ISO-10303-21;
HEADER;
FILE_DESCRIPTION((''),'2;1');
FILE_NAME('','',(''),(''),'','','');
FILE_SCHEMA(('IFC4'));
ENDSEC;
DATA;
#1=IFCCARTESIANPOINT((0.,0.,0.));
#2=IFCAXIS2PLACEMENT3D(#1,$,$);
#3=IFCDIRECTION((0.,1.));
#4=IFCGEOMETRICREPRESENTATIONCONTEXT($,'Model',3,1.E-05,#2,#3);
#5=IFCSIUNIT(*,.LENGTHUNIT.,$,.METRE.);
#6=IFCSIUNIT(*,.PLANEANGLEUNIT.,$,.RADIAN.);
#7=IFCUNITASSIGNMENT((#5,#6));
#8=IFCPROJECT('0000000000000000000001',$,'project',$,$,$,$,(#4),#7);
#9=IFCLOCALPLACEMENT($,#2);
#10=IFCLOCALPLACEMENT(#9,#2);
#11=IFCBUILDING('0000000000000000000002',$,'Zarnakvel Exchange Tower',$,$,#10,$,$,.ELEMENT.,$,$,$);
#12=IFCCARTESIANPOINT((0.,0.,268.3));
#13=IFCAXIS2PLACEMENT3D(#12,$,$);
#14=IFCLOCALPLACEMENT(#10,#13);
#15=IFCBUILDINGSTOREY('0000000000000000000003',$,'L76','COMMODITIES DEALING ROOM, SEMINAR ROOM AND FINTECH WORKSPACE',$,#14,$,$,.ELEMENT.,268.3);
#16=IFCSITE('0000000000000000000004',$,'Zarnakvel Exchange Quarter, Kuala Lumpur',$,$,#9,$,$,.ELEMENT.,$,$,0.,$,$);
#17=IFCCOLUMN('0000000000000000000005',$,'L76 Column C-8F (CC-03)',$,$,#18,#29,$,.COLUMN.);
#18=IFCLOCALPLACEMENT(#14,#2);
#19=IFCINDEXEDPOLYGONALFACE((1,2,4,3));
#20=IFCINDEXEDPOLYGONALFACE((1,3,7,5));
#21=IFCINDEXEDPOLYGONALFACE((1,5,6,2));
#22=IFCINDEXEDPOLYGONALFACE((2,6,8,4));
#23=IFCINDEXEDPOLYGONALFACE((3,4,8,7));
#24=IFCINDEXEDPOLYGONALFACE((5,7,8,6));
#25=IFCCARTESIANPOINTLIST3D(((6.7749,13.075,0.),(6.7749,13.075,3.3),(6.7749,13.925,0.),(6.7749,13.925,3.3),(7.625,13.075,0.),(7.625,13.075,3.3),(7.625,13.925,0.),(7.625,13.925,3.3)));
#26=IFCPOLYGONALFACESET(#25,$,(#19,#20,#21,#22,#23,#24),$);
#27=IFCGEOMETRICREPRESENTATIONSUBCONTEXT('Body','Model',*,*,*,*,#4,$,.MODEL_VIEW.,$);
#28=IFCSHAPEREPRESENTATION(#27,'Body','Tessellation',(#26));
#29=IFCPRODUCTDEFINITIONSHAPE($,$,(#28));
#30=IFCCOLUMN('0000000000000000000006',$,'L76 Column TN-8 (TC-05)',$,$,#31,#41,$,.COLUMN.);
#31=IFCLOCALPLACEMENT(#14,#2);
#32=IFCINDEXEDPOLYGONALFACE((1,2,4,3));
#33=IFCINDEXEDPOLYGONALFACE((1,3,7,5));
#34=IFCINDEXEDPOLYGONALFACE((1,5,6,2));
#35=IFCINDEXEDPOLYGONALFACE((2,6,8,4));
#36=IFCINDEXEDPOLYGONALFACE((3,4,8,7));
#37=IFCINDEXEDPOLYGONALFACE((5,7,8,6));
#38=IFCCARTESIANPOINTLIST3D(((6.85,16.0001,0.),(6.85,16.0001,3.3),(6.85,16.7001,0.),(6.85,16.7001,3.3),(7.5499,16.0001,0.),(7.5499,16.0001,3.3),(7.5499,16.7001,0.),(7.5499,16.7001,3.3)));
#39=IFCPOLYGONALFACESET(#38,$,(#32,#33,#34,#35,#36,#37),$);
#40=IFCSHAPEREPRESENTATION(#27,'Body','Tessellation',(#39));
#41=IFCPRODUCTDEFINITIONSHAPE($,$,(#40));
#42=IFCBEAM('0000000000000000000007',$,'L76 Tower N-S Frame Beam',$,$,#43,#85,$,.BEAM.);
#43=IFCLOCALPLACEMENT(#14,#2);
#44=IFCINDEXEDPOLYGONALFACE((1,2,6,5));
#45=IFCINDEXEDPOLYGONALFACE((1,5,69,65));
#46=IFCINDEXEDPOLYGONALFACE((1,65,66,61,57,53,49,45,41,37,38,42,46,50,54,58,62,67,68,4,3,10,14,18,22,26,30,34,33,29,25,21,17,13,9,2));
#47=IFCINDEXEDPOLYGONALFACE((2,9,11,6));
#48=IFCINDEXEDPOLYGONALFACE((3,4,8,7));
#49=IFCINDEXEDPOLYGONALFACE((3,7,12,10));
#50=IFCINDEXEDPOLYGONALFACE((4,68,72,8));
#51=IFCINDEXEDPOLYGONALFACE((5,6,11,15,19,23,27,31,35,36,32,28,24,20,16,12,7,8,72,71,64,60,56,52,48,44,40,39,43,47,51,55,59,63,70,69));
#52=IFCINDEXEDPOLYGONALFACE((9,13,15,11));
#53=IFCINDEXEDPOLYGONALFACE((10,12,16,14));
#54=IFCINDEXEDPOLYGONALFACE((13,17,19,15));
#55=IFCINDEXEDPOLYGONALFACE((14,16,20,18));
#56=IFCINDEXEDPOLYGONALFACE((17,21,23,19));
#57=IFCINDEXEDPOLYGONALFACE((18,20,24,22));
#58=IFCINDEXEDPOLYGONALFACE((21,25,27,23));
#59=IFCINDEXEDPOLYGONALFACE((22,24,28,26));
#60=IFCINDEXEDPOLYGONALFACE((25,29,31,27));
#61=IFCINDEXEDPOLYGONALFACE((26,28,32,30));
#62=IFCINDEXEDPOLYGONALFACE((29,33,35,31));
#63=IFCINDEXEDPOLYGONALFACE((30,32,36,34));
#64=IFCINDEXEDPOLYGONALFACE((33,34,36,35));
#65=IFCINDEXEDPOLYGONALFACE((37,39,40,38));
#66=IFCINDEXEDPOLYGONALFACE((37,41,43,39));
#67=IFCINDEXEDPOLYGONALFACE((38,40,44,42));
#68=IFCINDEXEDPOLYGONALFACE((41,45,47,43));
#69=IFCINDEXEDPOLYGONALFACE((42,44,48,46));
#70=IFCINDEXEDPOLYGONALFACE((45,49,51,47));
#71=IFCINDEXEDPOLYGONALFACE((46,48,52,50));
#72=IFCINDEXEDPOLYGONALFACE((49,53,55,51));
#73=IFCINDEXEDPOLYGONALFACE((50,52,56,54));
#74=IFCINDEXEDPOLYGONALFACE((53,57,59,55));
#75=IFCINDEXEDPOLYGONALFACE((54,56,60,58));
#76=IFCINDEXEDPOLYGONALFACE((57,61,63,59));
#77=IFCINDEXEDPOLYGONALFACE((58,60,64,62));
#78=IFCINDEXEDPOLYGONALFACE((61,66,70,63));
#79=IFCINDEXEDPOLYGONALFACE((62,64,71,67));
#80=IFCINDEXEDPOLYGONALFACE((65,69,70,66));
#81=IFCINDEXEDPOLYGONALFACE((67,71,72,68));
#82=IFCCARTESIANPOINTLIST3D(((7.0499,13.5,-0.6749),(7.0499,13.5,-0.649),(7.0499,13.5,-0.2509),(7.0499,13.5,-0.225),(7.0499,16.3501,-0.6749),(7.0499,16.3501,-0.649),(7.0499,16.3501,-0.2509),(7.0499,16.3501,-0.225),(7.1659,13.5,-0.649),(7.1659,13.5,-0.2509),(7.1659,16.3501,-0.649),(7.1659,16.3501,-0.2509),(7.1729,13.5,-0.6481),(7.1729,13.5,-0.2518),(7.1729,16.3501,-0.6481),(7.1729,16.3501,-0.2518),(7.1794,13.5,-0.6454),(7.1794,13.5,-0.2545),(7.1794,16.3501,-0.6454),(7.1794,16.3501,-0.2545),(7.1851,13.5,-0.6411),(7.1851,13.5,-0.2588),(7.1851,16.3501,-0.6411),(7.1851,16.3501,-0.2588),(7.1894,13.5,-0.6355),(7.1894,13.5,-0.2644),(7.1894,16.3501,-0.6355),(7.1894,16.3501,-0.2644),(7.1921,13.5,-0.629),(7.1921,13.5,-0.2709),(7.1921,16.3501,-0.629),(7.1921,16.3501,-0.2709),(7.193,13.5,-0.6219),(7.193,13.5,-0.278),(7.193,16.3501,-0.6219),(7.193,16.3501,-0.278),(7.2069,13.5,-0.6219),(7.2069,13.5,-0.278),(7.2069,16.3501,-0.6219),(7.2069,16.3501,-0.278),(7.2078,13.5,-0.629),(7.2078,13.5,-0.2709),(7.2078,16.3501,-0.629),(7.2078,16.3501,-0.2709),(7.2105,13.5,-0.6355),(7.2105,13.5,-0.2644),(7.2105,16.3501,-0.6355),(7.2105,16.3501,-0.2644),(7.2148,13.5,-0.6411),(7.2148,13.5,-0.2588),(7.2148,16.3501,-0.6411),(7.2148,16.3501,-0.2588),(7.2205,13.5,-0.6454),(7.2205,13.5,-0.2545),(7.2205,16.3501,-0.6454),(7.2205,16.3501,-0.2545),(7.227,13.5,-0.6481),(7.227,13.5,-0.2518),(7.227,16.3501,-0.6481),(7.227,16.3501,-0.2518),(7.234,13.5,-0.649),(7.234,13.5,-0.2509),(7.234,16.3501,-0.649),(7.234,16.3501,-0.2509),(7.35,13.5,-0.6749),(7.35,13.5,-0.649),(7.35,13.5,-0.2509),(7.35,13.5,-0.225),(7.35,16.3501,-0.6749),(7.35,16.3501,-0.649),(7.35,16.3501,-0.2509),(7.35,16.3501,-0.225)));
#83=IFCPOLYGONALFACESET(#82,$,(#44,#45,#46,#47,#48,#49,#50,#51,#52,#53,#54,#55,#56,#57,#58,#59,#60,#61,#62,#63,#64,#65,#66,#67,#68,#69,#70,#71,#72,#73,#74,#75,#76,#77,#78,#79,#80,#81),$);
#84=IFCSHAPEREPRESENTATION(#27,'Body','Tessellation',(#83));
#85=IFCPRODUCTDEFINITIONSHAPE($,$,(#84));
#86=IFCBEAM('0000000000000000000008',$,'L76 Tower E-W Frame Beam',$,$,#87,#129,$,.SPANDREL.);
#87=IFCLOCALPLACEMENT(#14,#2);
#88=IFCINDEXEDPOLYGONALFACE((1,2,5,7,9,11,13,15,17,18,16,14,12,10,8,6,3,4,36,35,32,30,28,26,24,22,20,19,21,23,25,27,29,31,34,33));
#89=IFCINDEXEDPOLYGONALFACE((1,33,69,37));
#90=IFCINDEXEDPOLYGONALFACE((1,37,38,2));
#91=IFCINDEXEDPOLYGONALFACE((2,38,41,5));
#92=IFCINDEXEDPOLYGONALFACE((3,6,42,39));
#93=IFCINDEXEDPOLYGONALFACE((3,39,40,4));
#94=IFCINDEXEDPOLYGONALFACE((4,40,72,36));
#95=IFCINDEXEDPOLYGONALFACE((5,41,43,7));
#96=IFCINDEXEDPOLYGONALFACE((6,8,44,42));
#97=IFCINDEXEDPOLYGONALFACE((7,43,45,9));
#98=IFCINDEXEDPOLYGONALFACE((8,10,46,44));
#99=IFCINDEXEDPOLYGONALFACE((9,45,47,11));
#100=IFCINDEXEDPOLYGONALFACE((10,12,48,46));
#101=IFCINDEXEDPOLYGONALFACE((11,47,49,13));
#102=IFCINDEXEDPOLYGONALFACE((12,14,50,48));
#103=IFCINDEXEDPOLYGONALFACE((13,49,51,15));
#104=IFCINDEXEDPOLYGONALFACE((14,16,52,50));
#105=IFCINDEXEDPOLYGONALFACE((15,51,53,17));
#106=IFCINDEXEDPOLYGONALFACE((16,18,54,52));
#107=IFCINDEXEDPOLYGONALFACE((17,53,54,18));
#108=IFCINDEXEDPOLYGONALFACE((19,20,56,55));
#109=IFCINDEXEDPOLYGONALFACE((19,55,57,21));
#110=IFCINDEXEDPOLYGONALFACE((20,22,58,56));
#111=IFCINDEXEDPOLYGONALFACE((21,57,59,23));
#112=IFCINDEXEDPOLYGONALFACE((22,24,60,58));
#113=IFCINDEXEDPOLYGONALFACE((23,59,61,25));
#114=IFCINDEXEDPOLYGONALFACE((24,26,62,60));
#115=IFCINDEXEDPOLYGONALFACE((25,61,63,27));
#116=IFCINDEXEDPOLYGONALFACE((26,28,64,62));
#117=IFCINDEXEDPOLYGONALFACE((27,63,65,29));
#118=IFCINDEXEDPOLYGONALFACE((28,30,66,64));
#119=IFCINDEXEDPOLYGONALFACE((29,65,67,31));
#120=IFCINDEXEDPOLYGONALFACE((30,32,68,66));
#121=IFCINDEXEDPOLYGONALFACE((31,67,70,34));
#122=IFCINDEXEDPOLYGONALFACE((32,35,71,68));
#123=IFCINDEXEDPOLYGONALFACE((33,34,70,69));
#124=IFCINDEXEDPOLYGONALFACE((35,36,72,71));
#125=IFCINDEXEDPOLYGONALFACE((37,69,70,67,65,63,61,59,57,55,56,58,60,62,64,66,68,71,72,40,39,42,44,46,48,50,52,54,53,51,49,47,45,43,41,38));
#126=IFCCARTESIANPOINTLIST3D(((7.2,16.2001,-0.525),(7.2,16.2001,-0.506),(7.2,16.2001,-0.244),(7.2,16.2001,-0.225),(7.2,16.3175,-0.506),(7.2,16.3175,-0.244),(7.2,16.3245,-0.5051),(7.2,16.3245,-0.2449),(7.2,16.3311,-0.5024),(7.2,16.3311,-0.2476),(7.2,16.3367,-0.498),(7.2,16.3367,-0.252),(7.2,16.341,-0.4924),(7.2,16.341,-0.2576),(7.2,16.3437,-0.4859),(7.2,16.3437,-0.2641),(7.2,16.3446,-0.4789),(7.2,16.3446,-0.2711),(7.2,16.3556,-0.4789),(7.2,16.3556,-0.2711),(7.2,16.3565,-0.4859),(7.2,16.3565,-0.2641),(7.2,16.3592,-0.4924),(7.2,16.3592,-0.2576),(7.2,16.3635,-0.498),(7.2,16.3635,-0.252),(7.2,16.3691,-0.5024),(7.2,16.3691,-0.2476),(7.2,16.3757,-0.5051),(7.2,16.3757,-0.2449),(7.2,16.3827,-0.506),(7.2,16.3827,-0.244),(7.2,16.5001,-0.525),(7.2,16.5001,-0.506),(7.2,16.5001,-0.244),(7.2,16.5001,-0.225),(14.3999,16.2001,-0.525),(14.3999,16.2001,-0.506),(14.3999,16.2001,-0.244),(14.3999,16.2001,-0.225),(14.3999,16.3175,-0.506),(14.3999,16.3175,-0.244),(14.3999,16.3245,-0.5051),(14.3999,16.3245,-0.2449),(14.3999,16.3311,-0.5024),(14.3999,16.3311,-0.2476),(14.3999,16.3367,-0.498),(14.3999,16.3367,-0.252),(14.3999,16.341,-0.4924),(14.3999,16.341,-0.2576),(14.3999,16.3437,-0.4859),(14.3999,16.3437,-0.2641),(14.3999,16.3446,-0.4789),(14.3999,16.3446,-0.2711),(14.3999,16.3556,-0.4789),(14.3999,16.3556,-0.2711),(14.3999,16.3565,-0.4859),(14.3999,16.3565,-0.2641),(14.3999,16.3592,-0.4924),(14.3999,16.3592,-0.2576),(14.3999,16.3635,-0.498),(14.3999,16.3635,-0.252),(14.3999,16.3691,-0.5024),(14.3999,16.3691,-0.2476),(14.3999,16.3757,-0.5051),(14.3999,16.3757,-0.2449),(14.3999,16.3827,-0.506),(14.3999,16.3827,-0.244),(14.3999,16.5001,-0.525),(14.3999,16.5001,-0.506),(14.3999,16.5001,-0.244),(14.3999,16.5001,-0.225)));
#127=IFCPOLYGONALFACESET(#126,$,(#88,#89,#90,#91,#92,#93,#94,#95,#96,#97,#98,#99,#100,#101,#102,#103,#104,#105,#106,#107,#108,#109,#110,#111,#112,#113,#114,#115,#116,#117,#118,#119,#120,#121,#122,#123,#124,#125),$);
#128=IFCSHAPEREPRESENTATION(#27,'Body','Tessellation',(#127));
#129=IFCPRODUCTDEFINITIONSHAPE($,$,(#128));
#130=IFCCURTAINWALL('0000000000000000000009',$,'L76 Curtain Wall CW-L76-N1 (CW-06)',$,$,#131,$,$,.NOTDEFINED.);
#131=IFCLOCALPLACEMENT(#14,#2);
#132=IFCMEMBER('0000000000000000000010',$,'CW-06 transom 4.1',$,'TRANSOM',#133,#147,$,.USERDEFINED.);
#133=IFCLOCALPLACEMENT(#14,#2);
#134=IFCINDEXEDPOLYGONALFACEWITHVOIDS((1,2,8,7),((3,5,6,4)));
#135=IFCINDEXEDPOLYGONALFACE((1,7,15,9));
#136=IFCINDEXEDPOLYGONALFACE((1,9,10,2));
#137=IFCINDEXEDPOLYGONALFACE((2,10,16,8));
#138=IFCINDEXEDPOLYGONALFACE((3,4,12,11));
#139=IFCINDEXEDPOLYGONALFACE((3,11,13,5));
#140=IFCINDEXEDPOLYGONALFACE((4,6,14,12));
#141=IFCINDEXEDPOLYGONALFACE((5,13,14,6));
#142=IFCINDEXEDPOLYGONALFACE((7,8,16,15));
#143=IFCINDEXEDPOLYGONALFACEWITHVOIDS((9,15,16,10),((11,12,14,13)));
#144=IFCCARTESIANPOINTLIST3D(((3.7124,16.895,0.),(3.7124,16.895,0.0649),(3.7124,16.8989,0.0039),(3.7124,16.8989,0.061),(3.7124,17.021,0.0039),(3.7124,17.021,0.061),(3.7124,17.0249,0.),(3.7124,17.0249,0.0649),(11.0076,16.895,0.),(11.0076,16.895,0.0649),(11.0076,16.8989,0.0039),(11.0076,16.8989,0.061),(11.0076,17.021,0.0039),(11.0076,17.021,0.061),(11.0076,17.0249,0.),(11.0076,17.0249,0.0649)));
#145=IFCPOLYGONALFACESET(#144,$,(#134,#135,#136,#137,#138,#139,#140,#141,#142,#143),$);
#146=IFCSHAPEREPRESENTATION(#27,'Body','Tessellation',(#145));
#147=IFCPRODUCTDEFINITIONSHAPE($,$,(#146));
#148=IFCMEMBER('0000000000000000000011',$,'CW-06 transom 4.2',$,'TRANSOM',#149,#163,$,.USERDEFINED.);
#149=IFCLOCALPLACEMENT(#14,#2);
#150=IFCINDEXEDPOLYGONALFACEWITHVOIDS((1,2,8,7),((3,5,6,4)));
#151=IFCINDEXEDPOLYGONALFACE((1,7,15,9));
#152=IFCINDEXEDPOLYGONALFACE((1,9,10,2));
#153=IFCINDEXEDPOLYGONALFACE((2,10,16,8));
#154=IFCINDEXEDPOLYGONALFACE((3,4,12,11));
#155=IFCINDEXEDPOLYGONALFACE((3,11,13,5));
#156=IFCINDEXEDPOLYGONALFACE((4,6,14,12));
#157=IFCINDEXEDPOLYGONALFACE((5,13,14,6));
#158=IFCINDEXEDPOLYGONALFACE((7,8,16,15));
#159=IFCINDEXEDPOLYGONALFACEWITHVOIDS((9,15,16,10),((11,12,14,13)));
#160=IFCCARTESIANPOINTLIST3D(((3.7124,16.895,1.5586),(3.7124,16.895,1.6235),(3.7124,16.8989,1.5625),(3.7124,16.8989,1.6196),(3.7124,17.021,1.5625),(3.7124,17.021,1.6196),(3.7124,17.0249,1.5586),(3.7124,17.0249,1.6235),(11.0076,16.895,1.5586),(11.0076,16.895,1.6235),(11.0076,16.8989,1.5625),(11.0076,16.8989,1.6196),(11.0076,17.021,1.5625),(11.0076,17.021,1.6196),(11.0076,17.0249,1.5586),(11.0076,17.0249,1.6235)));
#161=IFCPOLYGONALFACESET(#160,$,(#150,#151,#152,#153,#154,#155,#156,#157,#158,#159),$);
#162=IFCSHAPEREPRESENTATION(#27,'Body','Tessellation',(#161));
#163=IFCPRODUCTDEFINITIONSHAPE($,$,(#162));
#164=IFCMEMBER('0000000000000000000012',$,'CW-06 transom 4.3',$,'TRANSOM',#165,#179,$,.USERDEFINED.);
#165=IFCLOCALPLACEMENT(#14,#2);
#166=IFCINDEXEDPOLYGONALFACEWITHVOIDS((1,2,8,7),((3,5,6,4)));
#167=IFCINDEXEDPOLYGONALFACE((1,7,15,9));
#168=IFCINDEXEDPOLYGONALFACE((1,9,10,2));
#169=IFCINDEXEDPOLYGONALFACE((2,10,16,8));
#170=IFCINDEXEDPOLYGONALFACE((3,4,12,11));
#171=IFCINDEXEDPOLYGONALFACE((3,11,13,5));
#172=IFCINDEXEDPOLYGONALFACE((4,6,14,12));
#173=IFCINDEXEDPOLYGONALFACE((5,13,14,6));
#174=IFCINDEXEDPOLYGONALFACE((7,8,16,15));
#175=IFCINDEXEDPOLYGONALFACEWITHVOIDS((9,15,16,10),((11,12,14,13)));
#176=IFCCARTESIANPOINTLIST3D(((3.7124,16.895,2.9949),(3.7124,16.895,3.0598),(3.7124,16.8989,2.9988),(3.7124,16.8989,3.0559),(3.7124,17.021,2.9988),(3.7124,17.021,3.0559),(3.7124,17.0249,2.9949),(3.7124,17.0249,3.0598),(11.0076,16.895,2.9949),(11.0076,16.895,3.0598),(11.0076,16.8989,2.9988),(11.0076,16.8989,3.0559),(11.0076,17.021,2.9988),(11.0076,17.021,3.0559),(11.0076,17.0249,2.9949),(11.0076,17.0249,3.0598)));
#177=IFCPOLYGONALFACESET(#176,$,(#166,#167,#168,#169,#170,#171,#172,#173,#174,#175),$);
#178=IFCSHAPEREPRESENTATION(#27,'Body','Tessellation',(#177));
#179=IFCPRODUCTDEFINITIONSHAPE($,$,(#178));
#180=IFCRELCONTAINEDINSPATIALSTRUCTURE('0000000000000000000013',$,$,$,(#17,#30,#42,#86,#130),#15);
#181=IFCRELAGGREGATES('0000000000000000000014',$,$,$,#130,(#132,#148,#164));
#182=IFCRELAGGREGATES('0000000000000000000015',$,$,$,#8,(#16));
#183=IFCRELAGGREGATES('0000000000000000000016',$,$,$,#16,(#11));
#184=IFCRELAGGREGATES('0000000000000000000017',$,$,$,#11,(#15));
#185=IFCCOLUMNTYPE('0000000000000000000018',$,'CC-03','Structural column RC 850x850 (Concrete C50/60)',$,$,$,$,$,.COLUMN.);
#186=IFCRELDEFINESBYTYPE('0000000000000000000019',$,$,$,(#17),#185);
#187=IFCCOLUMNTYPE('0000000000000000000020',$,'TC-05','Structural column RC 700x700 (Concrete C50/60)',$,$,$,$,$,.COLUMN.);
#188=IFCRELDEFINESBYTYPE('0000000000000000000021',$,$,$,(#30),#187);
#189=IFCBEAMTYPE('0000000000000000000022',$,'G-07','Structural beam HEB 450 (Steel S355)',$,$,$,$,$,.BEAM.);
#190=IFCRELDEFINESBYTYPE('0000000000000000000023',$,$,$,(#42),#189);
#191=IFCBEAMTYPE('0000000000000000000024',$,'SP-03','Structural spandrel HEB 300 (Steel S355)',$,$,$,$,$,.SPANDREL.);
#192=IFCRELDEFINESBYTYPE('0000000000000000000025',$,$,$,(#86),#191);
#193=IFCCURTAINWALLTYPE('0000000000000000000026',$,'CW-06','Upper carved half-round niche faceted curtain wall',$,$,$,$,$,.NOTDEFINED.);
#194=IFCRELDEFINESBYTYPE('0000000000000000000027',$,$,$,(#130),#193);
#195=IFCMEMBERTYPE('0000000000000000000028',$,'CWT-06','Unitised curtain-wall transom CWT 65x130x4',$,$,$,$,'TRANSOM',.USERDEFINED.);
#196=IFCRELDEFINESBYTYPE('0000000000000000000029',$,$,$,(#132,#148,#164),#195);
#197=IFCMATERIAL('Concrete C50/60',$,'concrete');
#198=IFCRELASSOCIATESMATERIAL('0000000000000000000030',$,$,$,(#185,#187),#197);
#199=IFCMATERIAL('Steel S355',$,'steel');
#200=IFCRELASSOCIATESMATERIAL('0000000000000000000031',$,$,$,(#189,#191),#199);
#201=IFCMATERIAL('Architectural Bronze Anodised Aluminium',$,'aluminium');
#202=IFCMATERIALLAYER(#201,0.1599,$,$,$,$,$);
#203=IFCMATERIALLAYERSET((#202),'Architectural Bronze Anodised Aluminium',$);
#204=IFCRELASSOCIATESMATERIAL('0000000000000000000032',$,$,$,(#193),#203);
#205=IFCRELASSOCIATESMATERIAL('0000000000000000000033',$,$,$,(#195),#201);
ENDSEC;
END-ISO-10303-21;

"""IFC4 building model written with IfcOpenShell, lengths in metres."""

from ifc_helpers import new_model, si_unit, direction, frame, origin, origin_2d, place, context, subcontext, project, spatial, rectangle, hollow_rectangle, i_section, extrude, source, transform, mapped, material, layer, layer_set, material_profile, profile_set, type_object, element, aggregate, save


model = new_model("IFC4")

# Units and contexts
model_context = context("Model", 3, precision=1e-05, world=origin(), true_north=direction((0.0, 1.0)))
body_context = subcontext(model_context, "Body", "Model", "MODEL_VIEW")
ifc_project = project(units=[si_unit("LENGTHUNIT", "METRE"), si_unit("PLANEANGLEUNIT", "RADIAN")], contexts=[model_context])

# Site, building, storey
site_placement = place(None, origin())
site = spatial("IfcSite", under=ifc_project, at=site_placement, Name="Zarnakvel Exchange Quarter, Kuala Lumpur", CompositionType="ELEMENT", RefElevation=0.0)
building_placement = place(site_placement, origin())
building = spatial("IfcBuilding", under=site, at=building_placement, Name="Zarnakvel Exchange Tower", CompositionType="ELEMENT")
storey_placement = place(building_placement, frame((0.0, 0.0, 268.3)))
storey = spatial("IfcBuildingStorey", under=building, at=storey_placement, Name="L76", Description="COMMODITIES DEALING ROOM, SEMINAR ROOM AND FINTECH WORKSPACE", CompositionType="ELEMENT", Elevation=268.3)

# Columns
ifc_material_1 = material(Name="Concrete C50/60", Category="concrete")
ifc_material_profile_1 = material_profile(ifc_material_1, rectangle(XDim=0.8501, YDim=0.8501, at=origin_2d()))
ifc_profile_set_1 = profile_set([ifc_material_profile_1], Name="Concrete C50/60")
column_type_1 = type_object("IfcColumnType", Name="CC-03", Description="Structural column RC 850x850 (Concrete C50/60)", PredefinedType="COLUMN", material=ifc_profile_set_1)
column_1_placement = place(storey_placement, frame((7.2, 13.5, 0.0), z_axis=(0.0, 0.0, 1.0), x_axis=(1.0, 0.0, 0.0)))
element("IfcColumn", 1, at=column_1_placement, inside=storey, type_object=column_type_1, Name="L76 Column C-8F (CC-03)", PredefinedType="COLUMN", context=body_context, shape_type="SweptSolid", body=[
    extrude(rectangle(XDim=0.8501, YDim=0.8501, at=origin_2d()), origin(), (0.0, 0.0, 1.0), 3.3),
])
ifc_material_profile_2 = material_profile(ifc_material_1, rectangle(XDim=0.7, YDim=0.7, at=origin_2d()))
ifc_profile_set_2 = profile_set([ifc_material_profile_2], Name="Concrete C50/60")
column_type_2 = type_object("IfcColumnType", Name="TC-05", Description="Structural column RC 700x700 (Concrete C50/60)", PredefinedType="COLUMN", material=ifc_profile_set_2)
column_2_placement = place(storey_placement, frame((7.2, 16.3501, 0.0), z_axis=(0.0, 0.0, 1.0), x_axis=(1.0, 0.0, 0.0)))
element("IfcColumn", 2, at=column_2_placement, inside=storey, type_object=column_type_2, Name="L76 Column TN-8 (TC-05)", PredefinedType="COLUMN", context=body_context, shape_type="SweptSolid", body=[
    extrude(rectangle(XDim=0.7, YDim=0.7, at=origin_2d()), origin(), (0.0, 0.0, 1.0), 3.3),
])

# Beams
ifc_material_2 = material(Name="Steel S355", Category="steel")
ifc_material_profile_3 = material_profile(ifc_material_2, i_section(OverallWidth=0.3, OverallDepth=0.45, WebThickness=0.0139, FlangeThickness=0.0259, FilletRadius=0.0271, at=origin_2d()))
ifc_profile_set_3 = profile_set([ifc_material_profile_3], Name="Steel S355")
beam_type_1 = type_object("IfcBeamType", Name="G-07", Description="Structural beam HEB 450 (Steel S355)", PredefinedType="BEAM", material=ifc_profile_set_3)
beam_1_placement = place(storey_placement, frame((7.2, 13.5, -0.45), z_axis=(0.0, 1.0, 0.0), x_axis=(-1.0, 0.0, 0.0)))
element("IfcBeam", 3, at=beam_1_placement, inside=storey, type_object=beam_type_1, Name="L76 Tower N-S Frame Beam", PredefinedType="BEAM", context=body_context, shape_type="SweptSolid", body=[
    extrude(i_section(OverallWidth=0.3, OverallDepth=0.45, WebThickness=0.0139, FlangeThickness=0.0259, FilletRadius=0.0271, at=origin_2d()), origin(), (0.0, 0.0, 1.0), 2.8501),
])
ifc_material_profile_4 = material_profile(ifc_material_2, i_section(OverallWidth=0.3, OverallDepth=0.3, WebThickness=0.011, FlangeThickness=0.019, FilletRadius=0.0271, at=origin_2d()))
ifc_profile_set_4 = profile_set([ifc_material_profile_4], Name="Steel S355")
beam_type_2 = type_object("IfcBeamType", Name="SP-03", Description="Structural spandrel HEB 300 (Steel S355)", PredefinedType="SPANDREL", material=ifc_profile_set_4)
beam_2_placement = place(storey_placement, frame((7.2, 16.3501, -0.375), z_axis=(1.0, 0.0, 0.0), x_axis=(0.0, 1.0, 0.0)))
element("IfcBeam", 4, at=beam_2_placement, inside=storey, type_object=beam_type_2, Name="L76 Tower E-W Frame Beam", PredefinedType="SPANDREL", context=body_context, shape_type="SweptSolid", body=[
    extrude(i_section(OverallWidth=0.3, OverallDepth=0.3, WebThickness=0.011, FlangeThickness=0.019, FilletRadius=0.0271, at=origin_2d()), origin(), (0.0, 0.0, 1.0), 7.2),
])

# Curtain wall, members
ifc_material_3 = material(Name="Architectural Bronze Anodised Aluminium", Category="aluminium")
ifc_layer_1 = layer(ifc_material_3, 0.1599)
ifc_layer_set_1 = layer_set([ifc_layer_1], Name="Architectural Bronze Anodised Aluminium")
curtain_wall_type = type_object("IfcCurtainWallType", Name="CW-06", Description="Upper carved half-round niche faceted curtain wall", PredefinedType="NOTDEFINED", material=ifc_layer_set_1)
curtain_wall_placement = place(storey_placement, origin())
curtain_wall = element("IfcCurtainWall", 5, at=curtain_wall_placement, inside=storey, type_object=curtain_wall_type, Name="L76 Curtain Wall CW-L76-N1 (CW-06)", PredefinedType="NOTDEFINED")
ifc_material_profile_5 = material_profile(ifc_material_3, hollow_rectangle(XDim=0.1299, YDim=0.0649, WallThickness=0.0039, at=origin_2d()))
ifc_profile_set_5 = profile_set([ifc_material_profile_5], Name="Architectural Bronze Anodised Aluminium")
member_type_1 = type_object("IfcMemberType", Name="CWT-06", Description="Unitised curtain-wall transom CWT 65x130x4", ElementType="TRANSOM", PredefinedType="USERDEFINED", material=ifc_profile_set_5)
shared_shape_1 = source(origin(), body_context, "Body", "SweptSolid", [
    extrude(hollow_rectangle(XDim=0.1299, YDim=0.0649, WallThickness=0.0039, at=origin_2d()), origin(), (0.0, 0.0, 1.0), 7.2952),
])
member_1_placement = place(storey_placement, frame((3.7124, 16.96, 0.0325), z_axis=(1.0, 0.0, 0.0), x_axis=(0.0, 1.0, 0.0)))
member_1 = element("IfcMember", 6, at=member_1_placement, type_object=member_type_1, Name="CW-06 transom 4.1", ObjectType="TRANSOM", PredefinedType="USERDEFINED", context=body_context, shape_type="MappedRepresentation", body=[
    mapped(shared_shape_1, transform((0.0, 0.0, 0.0), x_axis=(1.0, 0.0, 0.0), y_axis=(0.0, 1.0, 0.0), z_axis=(0.0, 0.0, 1.0), scale=1.0)),
])
member_2_placement = place(storey_placement, frame((3.7124, 16.96, 1.5911), z_axis=(1.0, 0.0, 0.0), x_axis=(0.0, 1.0, 0.0)))
member_2 = element("IfcMember", 7, at=member_2_placement, type_object=member_type_1, Name="CW-06 transom 4.2", ObjectType="TRANSOM", PredefinedType="USERDEFINED", context=body_context, shape_type="MappedRepresentation", body=[
    mapped(shared_shape_1, transform((0.0, 0.0, 0.0), x_axis=(1.0, 0.0, 0.0), y_axis=(0.0, 1.0, 0.0), z_axis=(0.0, 0.0, 1.0), scale=1.0)),
])
member_3_placement = place(storey_placement, frame((3.7124, 16.96, 3.0273), z_axis=(1.0, 0.0, 0.0), x_axis=(0.0, 1.0, 0.0)))
member_3 = element("IfcMember", 8, at=member_3_placement, type_object=member_type_1, Name="CW-06 transom 4.3", ObjectType="TRANSOM", PredefinedType="USERDEFINED", context=body_context, shape_type="MappedRepresentation", body=[
    mapped(shared_shape_1, transform((0.0, 0.0, 0.0), x_axis=(1.0, 0.0, 0.0), y_axis=(0.0, 1.0, 0.0), z_axis=(0.0, 0.0, 1.0), scale=1.0)),
])
aggregate(curtain_wall, [member_1, member_2, member_3])

save(model, "model.ifc")
